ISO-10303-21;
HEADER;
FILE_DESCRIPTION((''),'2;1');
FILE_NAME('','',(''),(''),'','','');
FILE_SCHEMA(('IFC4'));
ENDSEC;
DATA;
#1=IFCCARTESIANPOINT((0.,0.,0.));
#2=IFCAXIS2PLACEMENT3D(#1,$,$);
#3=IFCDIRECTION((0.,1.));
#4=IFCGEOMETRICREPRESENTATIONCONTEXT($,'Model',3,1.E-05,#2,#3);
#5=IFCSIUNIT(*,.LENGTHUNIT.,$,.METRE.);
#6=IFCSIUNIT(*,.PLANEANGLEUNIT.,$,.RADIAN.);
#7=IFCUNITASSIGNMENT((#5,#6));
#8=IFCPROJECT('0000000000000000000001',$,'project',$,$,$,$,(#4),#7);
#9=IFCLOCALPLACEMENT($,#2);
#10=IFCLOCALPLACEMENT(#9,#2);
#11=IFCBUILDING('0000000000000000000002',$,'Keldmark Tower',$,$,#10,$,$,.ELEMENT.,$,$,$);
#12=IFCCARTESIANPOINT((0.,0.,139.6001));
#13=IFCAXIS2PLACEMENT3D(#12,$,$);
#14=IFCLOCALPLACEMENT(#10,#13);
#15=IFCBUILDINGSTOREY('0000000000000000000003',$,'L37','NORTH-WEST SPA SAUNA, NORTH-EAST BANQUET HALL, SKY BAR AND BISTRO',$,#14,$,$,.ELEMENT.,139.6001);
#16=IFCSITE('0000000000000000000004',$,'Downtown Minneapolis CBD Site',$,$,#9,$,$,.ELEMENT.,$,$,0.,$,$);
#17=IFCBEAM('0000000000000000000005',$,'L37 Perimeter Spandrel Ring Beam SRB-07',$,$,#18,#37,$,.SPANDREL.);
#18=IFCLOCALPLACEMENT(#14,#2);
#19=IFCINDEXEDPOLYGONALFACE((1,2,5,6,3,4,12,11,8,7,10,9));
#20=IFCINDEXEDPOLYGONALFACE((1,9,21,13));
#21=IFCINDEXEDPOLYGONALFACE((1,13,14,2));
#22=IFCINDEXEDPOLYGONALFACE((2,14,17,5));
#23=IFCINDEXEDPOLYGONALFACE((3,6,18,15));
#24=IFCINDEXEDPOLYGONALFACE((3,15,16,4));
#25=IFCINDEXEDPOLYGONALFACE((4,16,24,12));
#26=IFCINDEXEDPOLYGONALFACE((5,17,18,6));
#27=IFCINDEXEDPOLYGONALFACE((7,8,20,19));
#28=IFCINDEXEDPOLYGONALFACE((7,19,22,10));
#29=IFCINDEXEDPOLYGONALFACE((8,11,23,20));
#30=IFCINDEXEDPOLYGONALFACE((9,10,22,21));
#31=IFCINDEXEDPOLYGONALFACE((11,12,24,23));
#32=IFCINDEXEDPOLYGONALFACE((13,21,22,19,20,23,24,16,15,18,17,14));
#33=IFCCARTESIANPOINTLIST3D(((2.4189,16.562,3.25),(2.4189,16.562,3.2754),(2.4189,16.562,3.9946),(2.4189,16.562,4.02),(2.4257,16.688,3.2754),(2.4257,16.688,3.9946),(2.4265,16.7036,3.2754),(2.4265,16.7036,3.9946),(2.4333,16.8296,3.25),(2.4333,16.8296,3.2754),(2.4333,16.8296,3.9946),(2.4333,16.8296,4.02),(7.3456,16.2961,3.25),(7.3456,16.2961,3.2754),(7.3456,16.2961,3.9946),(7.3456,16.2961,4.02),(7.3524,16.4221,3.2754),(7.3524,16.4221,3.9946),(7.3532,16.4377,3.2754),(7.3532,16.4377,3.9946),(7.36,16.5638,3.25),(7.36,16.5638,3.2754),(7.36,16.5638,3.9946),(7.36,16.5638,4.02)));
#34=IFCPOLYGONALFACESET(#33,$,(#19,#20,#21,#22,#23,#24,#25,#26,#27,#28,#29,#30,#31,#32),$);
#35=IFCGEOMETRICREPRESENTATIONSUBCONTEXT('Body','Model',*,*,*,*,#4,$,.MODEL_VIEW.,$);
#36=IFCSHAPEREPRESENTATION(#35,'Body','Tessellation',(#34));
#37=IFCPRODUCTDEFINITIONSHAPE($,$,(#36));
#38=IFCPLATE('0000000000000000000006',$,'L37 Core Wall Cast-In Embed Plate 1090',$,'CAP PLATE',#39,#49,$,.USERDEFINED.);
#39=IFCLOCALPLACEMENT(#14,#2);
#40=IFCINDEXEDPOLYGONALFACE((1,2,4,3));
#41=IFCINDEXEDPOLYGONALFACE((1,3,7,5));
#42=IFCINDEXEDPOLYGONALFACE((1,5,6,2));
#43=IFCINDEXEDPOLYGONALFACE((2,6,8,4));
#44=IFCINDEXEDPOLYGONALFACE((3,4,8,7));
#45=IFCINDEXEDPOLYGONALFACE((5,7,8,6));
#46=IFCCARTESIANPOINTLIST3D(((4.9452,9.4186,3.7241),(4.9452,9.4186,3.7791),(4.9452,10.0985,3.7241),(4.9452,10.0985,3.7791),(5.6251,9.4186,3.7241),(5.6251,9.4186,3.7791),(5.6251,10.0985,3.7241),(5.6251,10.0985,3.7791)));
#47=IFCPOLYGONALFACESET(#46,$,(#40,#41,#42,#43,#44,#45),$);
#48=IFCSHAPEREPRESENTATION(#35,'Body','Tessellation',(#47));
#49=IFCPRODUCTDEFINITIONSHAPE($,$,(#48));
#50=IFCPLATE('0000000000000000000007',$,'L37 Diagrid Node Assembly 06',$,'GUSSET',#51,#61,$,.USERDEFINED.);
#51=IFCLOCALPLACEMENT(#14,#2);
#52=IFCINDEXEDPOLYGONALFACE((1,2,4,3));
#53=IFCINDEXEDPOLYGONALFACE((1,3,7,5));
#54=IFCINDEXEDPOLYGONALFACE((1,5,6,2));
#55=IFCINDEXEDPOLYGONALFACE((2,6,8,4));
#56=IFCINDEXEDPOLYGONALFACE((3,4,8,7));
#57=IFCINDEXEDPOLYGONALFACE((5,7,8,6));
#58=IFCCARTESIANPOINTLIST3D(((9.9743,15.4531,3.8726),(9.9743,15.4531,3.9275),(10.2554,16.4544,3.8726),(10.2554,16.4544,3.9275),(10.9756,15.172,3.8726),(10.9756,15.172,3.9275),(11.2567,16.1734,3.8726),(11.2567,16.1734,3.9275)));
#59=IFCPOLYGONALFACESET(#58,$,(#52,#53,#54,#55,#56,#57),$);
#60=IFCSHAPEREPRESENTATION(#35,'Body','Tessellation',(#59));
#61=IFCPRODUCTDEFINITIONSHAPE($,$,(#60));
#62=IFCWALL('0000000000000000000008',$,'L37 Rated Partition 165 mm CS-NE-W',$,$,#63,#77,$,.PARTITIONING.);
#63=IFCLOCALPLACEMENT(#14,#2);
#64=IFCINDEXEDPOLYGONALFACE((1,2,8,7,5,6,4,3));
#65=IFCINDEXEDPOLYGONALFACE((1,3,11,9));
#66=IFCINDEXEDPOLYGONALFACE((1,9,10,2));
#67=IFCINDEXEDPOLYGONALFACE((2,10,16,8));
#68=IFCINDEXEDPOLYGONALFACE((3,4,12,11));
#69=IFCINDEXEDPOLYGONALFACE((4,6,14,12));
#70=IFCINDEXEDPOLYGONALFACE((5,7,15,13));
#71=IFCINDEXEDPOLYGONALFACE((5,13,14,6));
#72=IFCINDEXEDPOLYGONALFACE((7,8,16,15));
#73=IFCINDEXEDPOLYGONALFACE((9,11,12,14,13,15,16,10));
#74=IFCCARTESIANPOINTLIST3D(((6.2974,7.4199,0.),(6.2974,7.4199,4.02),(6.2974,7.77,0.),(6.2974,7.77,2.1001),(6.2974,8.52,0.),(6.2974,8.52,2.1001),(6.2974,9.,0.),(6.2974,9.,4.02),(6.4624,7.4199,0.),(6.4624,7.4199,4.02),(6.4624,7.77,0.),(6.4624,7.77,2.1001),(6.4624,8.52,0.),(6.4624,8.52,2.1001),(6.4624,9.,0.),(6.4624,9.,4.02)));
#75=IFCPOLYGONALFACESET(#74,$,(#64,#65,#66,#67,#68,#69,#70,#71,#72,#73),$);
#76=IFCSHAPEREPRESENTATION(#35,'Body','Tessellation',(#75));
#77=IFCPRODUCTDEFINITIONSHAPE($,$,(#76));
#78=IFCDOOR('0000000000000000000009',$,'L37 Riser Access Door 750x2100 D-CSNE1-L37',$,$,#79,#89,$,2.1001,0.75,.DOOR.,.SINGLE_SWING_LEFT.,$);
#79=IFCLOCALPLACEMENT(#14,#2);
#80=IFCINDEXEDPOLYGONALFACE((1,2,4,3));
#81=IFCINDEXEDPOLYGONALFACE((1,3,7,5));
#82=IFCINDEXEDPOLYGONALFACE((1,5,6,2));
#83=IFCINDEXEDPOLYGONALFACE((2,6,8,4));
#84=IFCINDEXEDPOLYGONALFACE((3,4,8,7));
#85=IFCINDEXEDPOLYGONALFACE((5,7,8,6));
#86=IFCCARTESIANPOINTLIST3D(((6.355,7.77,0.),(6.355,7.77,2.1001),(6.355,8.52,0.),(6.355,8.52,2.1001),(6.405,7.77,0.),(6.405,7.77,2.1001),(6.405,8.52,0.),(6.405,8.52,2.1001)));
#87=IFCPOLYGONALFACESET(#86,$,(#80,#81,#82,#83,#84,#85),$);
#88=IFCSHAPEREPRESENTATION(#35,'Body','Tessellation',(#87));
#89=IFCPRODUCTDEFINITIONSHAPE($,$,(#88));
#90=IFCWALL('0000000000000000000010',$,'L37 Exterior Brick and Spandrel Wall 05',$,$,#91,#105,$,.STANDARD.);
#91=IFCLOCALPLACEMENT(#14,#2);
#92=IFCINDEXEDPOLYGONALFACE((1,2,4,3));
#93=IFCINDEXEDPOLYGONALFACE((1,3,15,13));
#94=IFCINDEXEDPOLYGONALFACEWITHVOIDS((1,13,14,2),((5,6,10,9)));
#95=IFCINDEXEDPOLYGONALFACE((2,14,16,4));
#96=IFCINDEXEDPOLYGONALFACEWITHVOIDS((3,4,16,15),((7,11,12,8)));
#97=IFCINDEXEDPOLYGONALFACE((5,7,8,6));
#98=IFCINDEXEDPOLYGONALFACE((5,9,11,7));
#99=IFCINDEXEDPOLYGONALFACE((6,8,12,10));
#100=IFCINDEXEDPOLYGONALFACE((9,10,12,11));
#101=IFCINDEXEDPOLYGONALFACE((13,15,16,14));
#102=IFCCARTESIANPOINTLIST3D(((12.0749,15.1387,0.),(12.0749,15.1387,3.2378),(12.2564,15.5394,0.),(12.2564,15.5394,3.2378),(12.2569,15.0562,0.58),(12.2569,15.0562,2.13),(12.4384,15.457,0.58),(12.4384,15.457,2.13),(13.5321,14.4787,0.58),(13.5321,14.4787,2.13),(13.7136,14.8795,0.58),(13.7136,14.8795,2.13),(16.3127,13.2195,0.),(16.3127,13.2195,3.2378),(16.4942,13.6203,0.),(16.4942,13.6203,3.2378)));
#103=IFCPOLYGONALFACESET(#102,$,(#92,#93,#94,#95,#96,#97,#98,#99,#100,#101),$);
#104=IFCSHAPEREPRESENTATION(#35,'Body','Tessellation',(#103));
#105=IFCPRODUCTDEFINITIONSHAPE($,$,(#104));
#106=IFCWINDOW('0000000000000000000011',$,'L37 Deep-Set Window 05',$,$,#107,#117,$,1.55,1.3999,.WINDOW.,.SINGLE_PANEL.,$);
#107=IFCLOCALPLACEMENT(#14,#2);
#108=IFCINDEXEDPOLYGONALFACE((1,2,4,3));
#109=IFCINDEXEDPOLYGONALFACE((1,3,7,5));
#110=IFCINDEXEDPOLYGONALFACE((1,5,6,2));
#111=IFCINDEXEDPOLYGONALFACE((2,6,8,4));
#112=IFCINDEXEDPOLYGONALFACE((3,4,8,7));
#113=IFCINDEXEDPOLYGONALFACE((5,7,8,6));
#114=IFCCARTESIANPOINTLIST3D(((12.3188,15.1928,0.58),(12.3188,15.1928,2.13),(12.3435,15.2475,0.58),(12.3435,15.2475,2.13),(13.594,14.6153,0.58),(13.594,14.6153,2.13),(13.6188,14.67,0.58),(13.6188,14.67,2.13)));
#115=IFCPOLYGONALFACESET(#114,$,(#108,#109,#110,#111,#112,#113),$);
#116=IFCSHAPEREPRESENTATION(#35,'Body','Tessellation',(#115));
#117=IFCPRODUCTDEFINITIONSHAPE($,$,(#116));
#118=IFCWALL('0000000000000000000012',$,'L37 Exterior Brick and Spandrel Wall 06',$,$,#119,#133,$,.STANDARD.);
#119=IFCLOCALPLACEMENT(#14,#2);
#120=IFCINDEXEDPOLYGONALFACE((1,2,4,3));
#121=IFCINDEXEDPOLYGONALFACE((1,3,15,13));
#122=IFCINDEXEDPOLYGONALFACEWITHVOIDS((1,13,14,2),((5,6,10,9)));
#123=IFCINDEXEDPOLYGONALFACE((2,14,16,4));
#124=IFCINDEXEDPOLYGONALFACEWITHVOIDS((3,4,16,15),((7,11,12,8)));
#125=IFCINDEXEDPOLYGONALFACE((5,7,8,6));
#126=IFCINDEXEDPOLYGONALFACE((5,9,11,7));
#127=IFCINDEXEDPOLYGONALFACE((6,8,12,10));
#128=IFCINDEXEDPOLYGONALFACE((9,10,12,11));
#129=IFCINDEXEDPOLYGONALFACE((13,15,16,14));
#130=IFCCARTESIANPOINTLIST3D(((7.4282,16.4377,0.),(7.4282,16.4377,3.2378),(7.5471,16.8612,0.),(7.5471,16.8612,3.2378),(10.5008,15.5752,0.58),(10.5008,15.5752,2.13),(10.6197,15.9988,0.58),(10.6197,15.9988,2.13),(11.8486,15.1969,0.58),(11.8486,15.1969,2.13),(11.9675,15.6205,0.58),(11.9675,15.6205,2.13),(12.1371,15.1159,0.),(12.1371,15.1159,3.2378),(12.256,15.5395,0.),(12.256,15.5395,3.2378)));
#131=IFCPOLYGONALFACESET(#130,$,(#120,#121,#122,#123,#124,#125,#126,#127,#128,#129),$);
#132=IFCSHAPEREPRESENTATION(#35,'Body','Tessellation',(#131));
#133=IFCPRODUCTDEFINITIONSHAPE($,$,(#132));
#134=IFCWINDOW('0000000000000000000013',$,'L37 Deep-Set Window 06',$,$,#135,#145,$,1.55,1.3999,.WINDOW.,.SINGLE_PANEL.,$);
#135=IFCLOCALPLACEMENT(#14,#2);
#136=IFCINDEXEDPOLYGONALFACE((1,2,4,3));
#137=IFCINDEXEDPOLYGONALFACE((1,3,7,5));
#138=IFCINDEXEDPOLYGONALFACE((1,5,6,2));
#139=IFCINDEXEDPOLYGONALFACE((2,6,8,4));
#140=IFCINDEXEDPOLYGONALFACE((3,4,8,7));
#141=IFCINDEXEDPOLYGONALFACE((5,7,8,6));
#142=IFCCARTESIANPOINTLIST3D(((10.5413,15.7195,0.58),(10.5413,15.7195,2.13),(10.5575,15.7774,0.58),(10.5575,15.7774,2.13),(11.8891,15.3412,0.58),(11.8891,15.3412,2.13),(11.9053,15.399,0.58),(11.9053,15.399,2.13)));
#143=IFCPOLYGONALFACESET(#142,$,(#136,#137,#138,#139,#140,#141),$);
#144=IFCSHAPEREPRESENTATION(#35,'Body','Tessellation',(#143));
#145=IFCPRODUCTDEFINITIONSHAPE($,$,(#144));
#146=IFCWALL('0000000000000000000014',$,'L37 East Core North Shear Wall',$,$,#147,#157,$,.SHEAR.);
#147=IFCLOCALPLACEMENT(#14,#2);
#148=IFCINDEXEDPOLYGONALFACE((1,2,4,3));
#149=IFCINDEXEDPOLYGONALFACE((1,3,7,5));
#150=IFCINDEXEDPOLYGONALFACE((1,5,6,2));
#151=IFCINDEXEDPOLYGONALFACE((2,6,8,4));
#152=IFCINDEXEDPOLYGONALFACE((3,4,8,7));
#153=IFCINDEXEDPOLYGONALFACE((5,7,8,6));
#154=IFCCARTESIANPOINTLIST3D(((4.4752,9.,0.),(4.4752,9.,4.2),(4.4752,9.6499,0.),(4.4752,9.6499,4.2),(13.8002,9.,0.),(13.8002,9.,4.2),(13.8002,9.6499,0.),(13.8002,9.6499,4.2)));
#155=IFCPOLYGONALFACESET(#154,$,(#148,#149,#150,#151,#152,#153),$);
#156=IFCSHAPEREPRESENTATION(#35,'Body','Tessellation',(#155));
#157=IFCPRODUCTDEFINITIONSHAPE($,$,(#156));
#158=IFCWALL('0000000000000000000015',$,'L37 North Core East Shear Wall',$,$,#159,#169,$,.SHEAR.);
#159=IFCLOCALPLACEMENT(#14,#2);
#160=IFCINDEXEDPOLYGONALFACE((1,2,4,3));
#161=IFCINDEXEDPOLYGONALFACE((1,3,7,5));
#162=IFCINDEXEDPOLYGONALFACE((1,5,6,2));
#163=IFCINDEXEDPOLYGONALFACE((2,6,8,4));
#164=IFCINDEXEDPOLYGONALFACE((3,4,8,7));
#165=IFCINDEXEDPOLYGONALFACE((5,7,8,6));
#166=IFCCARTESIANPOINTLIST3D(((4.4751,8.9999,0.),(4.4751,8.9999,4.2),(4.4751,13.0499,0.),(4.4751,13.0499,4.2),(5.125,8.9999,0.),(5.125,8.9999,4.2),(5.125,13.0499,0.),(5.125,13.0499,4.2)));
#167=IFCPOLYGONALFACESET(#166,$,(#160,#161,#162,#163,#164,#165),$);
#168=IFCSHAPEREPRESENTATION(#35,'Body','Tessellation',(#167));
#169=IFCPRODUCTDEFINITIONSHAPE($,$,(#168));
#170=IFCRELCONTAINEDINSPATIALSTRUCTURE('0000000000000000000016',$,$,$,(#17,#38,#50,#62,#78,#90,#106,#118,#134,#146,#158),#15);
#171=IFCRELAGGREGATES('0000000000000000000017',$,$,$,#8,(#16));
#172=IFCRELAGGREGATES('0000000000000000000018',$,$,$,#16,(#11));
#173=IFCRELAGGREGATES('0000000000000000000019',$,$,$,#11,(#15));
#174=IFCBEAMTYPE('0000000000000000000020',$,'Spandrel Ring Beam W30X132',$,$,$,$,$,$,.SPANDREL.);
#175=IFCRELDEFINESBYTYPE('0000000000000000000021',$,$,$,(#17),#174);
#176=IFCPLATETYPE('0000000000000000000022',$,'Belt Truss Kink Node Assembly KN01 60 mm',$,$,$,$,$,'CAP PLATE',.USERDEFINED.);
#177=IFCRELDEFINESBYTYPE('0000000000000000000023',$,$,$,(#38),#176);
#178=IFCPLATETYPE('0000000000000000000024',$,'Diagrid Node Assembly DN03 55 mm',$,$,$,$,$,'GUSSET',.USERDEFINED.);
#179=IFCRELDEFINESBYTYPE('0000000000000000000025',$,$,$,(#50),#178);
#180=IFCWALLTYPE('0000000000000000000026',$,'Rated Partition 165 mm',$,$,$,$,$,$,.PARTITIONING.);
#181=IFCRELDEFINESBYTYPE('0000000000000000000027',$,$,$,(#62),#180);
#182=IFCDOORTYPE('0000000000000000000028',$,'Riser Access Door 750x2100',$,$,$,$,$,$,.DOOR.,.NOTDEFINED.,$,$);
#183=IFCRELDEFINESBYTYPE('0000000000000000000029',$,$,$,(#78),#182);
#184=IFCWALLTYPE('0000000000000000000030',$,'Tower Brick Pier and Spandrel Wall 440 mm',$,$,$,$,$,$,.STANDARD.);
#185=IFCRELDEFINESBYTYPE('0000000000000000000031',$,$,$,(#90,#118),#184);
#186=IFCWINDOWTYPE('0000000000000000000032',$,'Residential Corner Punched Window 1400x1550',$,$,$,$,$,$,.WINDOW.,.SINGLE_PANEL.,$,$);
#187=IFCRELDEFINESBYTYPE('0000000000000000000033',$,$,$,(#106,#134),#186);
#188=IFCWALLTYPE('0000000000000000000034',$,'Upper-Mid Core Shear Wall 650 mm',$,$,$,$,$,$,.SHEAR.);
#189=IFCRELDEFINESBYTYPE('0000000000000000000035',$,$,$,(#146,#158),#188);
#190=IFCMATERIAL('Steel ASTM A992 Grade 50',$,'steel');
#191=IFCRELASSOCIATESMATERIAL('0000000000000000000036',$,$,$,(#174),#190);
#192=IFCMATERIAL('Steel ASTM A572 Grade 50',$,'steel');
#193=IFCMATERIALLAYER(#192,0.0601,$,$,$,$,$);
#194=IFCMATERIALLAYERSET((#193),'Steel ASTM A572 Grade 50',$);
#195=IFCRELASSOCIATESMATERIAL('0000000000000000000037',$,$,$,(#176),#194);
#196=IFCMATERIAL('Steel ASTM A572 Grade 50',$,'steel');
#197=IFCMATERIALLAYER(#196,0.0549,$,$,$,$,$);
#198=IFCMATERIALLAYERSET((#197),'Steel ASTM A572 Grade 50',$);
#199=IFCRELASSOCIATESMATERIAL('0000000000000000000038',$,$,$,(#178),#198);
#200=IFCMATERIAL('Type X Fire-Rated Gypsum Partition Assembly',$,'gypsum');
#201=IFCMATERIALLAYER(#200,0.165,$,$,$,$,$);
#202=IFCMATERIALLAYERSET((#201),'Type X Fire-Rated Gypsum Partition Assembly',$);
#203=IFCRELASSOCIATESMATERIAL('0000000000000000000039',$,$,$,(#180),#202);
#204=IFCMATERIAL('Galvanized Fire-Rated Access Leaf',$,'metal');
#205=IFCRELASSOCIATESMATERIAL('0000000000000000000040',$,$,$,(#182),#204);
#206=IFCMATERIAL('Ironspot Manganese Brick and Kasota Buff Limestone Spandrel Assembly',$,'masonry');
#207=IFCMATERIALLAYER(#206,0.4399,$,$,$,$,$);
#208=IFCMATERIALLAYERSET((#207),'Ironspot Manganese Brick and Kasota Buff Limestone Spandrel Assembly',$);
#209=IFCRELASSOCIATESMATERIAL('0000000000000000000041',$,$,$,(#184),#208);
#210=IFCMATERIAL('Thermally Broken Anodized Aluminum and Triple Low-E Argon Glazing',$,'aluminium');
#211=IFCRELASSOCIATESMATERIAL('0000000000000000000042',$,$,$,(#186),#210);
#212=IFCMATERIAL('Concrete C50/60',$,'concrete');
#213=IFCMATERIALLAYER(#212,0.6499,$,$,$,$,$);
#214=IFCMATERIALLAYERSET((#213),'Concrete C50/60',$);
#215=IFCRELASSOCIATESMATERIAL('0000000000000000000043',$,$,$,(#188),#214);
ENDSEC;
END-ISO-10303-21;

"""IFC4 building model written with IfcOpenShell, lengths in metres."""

from ifc_helpers import new_model, si_unit, direction, frame, frame_2d, origin, origin_2d, place, context, subcontext, project, spatial, rectangle, i_section, extrude, material, layer, layer_set, material_profile, profile_set, type_object, element, fill, save


model = new_model("IFC4")

# Units and contexts
model_context = context("Model", 3, precision=1e-05, world=origin(), true_north=direction((0.0, 1.0)))
body_context = subcontext(model_context, "Body", "Model", "MODEL_VIEW")
ifc_project = project(units=[si_unit("LENGTHUNIT", "METRE"), si_unit("PLANEANGLEUNIT", "RADIAN")], contexts=[model_context])

# Site, building, storey
site_placement = place(None, origin())
site = spatial("IfcSite", under=ifc_project, at=site_placement, Name="Downtown Minneapolis CBD Site", CompositionType="ELEMENT", RefElevation=0.0)
building_placement = place(site_placement, origin())
building = spatial("IfcBuilding", under=site, at=building_placement, Name="Keldmark Tower", CompositionType="ELEMENT")
storey_placement = place(building_placement, frame((0.0, 0.0, 139.6001)))
storey = spatial("IfcBuildingStorey", under=building, at=storey_placement, Name="L37", Description="NORTH-WEST SPA SAUNA, NORTH-EAST BANQUET HALL, SKY BAR AND BISTRO", CompositionType="ELEMENT", Elevation=139.6001)

# Beam
ifc_material_1 = material(Name="Steel ASTM A992 Grade 50", Category="steel")
ifc_material_profile_1 = material_profile(ifc_material_1, i_section(OverallWidth=0.2681, OverallDepth=0.77, WebThickness=0.0156, FlangeThickness=0.0254, at=origin_2d()), Name="W30X132")
ifc_profile_set_1 = profile_set([ifc_material_profile_1], Name="Steel ASTM A992 Grade 50")
beam_type_1 = type_object("IfcBeamType", Name="Spandrel Ring Beam W30X132", PredefinedType="SPANDREL", material=ifc_profile_set_1)
beam_1_placement = place(storey_placement, frame((7.3528, 16.4299, 3.635), z_axis=(-0.998547, 0.053886, 0.0), x_axis=(-0.053886, -0.998547, 0.0)))
element("IfcBeam", 1, at=beam_1_placement, inside=storey, type_object=beam_type_1, Name="L37 Perimeter Spandrel Ring Beam SRB-07", PredefinedType="SPANDREL", context=body_context, shape_type="SweptSolid", body=[
    extrude(i_section(OverallWidth=0.2681, OverallDepth=0.77, WebThickness=0.0156, FlangeThickness=0.0254, at=origin_2d()), origin(), (0.0, 0.0, 1.0), 4.9338),
])

# Plates
ifc_material_2 = material(Name="Steel ASTM A572 Grade 50", Category="steel")
ifc_layer_1 = layer(ifc_material_2, 0.0601)
ifc_layer_set_1 = layer_set([ifc_layer_1], Name="Steel ASTM A572 Grade 50")
plate_type_1 = type_object("IfcPlateType", Name="Belt Truss Kink Node Assembly KN01 60 mm", ElementType="CAP PLATE", PredefinedType="USERDEFINED", material=ifc_layer_set_1)
plate_1_placement = place(storey_placement, frame((5.2852, 9.7585, 3.7241), z_axis=(0.0, 0.0, 1.0), x_axis=(1.0, 0.0, 0.0)))
element("IfcPlate", 2, at=plate_1_placement, inside=storey, type_object=plate_type_1, Name="L37 Core Wall Cast-In Embed Plate 1090", ObjectType="CAP PLATE", PredefinedType="USERDEFINED", context=body_context, shape_type="SweptSolid", body=[
    extrude(rectangle(XDim=0.6799, YDim=0.6799, at=origin_2d()), origin(), (0.0, 0.0, 1.0), 0.0549),
])
ifc_material_3 = material(Name="Steel ASTM A572 Grade 50", Category="steel")
ifc_layer_2 = layer(ifc_material_3, 0.0549)
ifc_layer_set_2 = layer_set([ifc_layer_2], Name="Steel ASTM A572 Grade 50")
plate_type_2 = type_object("IfcPlateType", Name="Diagrid Node Assembly DN03 55 mm", ElementType="GUSSET", PredefinedType="USERDEFINED", material=ifc_layer_set_2)
plate_2_placement = place(storey_placement, frame((10.6155, 15.8132, 3.8726), z_axis=(0.0, 0.0, 1.0), x_axis=(-0.962786, 0.270264, 0.0)))
element("IfcPlate", 3, at=plate_2_placement, inside=storey, type_object=plate_type_2, Name="L37 Diagrid Node Assembly 06", ObjectType="GUSSET", PredefinedType="USERDEFINED", context=body_context, shape_type="SweptSolid", body=[
    extrude(rectangle(XDim=1.04, YDim=1.04, at=origin_2d()), origin(), (0.0, 0.0, 1.0), 0.0549),
])

# Wall, opening, door
ifc_material_4 = material(Name="Type X Fire-Rated Gypsum Partition Assembly", Category="gypsum")
ifc_layer_3 = layer(ifc_material_4, 0.165)
ifc_layer_set_3 = layer_set([ifc_layer_3], Name="Type X Fire-Rated Gypsum Partition Assembly")
wall_type_1 = type_object("IfcWallType", Name="Rated Partition 165 mm", PredefinedType="PARTITIONING", material=ifc_layer_set_3)
wall_1_placement = place(storey_placement, frame((6.3799, 7.4199, 0.0), z_axis=(0.0, 0.0, 1.0), x_axis=(0.0, 1.0, 0.0)))
wall_1 = element("IfcWall", 4, at=wall_1_placement, inside=storey, type_object=wall_type_1, Name="L37 Rated Partition 165 mm CS-NE-W", PredefinedType="PARTITIONING", context=body_context, shape_type="SweptSolid", body=[
    extrude(rectangle(XDim=1.5801, YDim=0.165, at=frame_2d((0.79, 0.0))), origin(), (0.0, 0.0, 1.0), 4.02),
])
opening_1_placement = place(wall_1_placement, frame((0.3501, 0.0, 0.0)))
opening_1 = element("IfcOpeningElement", 5, at=opening_1_placement, cuts=wall_1, PredefinedType="OPENING", context=body_context, shape_type="SweptSolid", body=[
    extrude(rectangle(XDim=0.75, YDim=2.1001, at=frame_2d((0.375, 1.05))), frame((0.0, 0.0925, 0.0), z_axis=(0.0, -1.0, 0.0), x_axis=(1.0, 0.0, 0.0)), (0.0, 0.0, 1.0), 0.1851),
])
ifc_material_5 = material(Name="Galvanized Fire-Rated Access Leaf", Category="metal")
door_type = type_object("IfcDoorType", Name="Riser Access Door 750x2100", OperationType="NOTDEFINED", PredefinedType="DOOR", material=ifc_material_5)
door_placement = place(opening_1_placement, origin())
door = element("IfcDoor", 6, at=door_placement, inside=storey, type_object=door_type, Name="L37 Riser Access Door 750x2100 D-CSNE1-L37", OperationType="SINGLE_SWING_LEFT", OverallHeight=2.1001, OverallWidth=0.75, PredefinedType="DOOR", context=body_context, shape_type="SweptSolid", body=[
    extrude(rectangle(XDim=0.75, YDim=2.1001, at=frame_2d((0.375, 1.05))), frame((0.0, 0.0249, 0.0), z_axis=(0.0, -1.0, 0.0), x_axis=(1.0, 0.0, 0.0)), (0.0, 0.0, 1.0), 0.05),
])
fill(opening_1, door)

# Walls, openings, windows
ifc_material_6 = material(Name="Ironspot Manganese Brick and Kasota Buff Limestone Spandrel Assembly", Category="masonry")
ifc_layer_4 = layer(ifc_material_6, 0.4399)
ifc_layer_set_4 = layer_set([ifc_layer_4], Name="Ironspot Manganese Brick and Kasota Buff Limestone Spandrel Assembly")
wall_type_2 = type_object("IfcWallType", Name="Tower Brick Pier and Spandrel Wall 440 mm", PredefinedType="STANDARD", material=ifc_layer_set_4)
wall_2_placement = place(storey_placement, frame((12.1655, 15.3391, 0.0), z_axis=(0.0, 0.0, 1.0), x_axis=(0.910939, -0.412541, 0.0)))
wall_2 = element("IfcWall", 7, at=wall_2_placement, inside=storey, type_object=wall_type_2, Name="L37 Exterior Brick and Spandrel Wall 05", PredefinedType="STANDARD", context=body_context, shape_type="SweptSolid", body=[
    extrude(rectangle(XDim=4.6521, YDim=0.4399, at=frame_2d((2.3262, 0.0))), origin(), (0.0, 0.0, 1.0), 3.2378),
])
opening_2_placement = place(wall_2_placement, frame((0.2, 0.0, 0.5801)))
opening_2 = element("IfcOpeningElement", 8, at=opening_2_placement, cuts=wall_2, PredefinedType="OPENING", context=body_context, shape_type="SweptSolid", body=[
    extrude(rectangle(XDim=1.3999, YDim=1.55, at=frame_2d((0.7, 0.7749))), frame((0.0, 0.23, 0.0), z_axis=(0.0, -1.0, 0.0), x_axis=(1.0, 0.0, 0.0)), (0.0, 0.0, 1.0), 0.46),
])
ifc_material_7 = material(Name="Thermally Broken Anodized Aluminum and Triple Low-E Argon Glazing", Category="aluminium")
window_type = type_object("IfcWindowType", Name="Residential Corner Punched Window 1400x1550", PartitioningType="SINGLE_PANEL", PredefinedType="WINDOW", material=ifc_material_7)
window_1_placement = place(opening_2_placement, origin())
window_1 = element("IfcWindow", 9, at=window_1_placement, inside=storey, type_object=window_type, Name="L37 Deep-Set Window 05", OverallHeight=1.55, OverallWidth=1.3999, PartitioningType="SINGLE_PANEL", PredefinedType="WINDOW", context=body_context, shape_type="SweptSolid", body=[
    extrude(rectangle(XDim=1.3999, YDim=1.55, at=frame_2d((0.7, 0.7749))), frame((0.0, -0.01, 0.0), z_axis=(0.0, -1.0, 0.0), x_axis=(1.0, 0.0, 0.0)), (0.0, 0.0, 1.0), 0.0601),
])
fill(opening_2, window_1)
wall_3_placement = place(storey_placement, frame((7.4878, 16.6494, 0.0), z_axis=(0.0, 0.0, 1.0), x_axis=(0.962791, -0.270248, 0.0)))
wall_3 = element("IfcWall", 10, at=wall_3_placement, inside=storey, type_object=wall_type_2, Name="L37 Exterior Brick and Spandrel Wall 06", PredefinedType="STANDARD", context=body_context, shape_type="SweptSolid", body=[
    extrude(rectangle(XDim=4.8909, YDim=0.4399, at=frame_2d((2.4453, 0.0))), origin(), (0.0, 0.0, 1.0), 3.2378),
])
opening_3_placement = place(wall_3_placement, frame((3.1912, 0.0, 0.5801)))
opening_3 = element("IfcOpeningElement", 11, at=opening_3_placement, cuts=wall_3, PredefinedType="OPENING", context=body_context, shape_type="SweptSolid", body=[
    extrude(rectangle(XDim=1.3999, YDim=1.55, at=frame_2d((0.7, 0.7749))), frame((0.0, 0.23, 0.0), z_axis=(0.0, -1.0, 0.0), x_axis=(1.0, 0.0, 0.0)), (0.0, 0.0, 1.0), 0.46),
])
window_2_placement = place(opening_3_placement, origin())
window_2 = element("IfcWindow", 12, at=window_2_placement, inside=storey, type_object=window_type, Name="L37 Deep-Set Window 06", OverallHeight=1.55, OverallWidth=1.3999, PartitioningType="SINGLE_PANEL", PredefinedType="WINDOW", context=body_context, shape_type="SweptSolid", body=[
    extrude(rectangle(XDim=1.3999, YDim=1.55, at=frame_2d((0.7, 0.7749))), frame((0.0, -0.01, 0.0), z_axis=(0.0, -1.0, 0.0), x_axis=(1.0, 0.0, 0.0)), (0.0, 0.0, 1.0), 0.0601),
])
fill(opening_3, window_2)

# Walls
ifc_material_8 = material(Name="Concrete C50/60", Category="concrete")
ifc_layer_5 = layer(ifc_material_8, 0.6499)
ifc_layer_set_5 = layer_set([ifc_layer_5], Name="Concrete C50/60")
wall_type_3 = type_object("IfcWallType", Name="Upper-Mid Core Shear Wall 650 mm", PredefinedType="SHEAR", material=ifc_layer_set_5)
wall_4_placement = place(storey_placement, frame((4.4751, 9.325, 0.0), z_axis=(0.0, 0.0, 1.0), x_axis=(1.0, 0.0, 0.0)))
element("IfcWall", 13, at=wall_4_placement, inside=storey, type_object=wall_type_3, Name="L37 East Core North Shear Wall", PredefinedType="SHEAR", context=body_context, shape_type="SweptSolid", body=[
    extrude(rectangle(XDim=9.325, YDim=0.6499, at=frame_2d((4.6626, 0.0))), origin(), (0.0, 0.0, 1.0), 4.2),
])
wall_5_placement = place(storey_placement, frame((4.8, 9.0, 0.0), z_axis=(0.0, 0.0, 1.0), x_axis=(0.0, 1.0, 0.0)))
element("IfcWall", 14, at=wall_5_placement, inside=storey, type_object=wall_type_3, Name="L37 North Core East Shear Wall", PredefinedType="SHEAR", context=body_context, shape_type="SweptSolid", body=[
    extrude(rectangle(XDim=4.05, YDim=0.6499, at=frame_2d((2.0249, 0.0))), origin(), (0.0, 0.0, 1.0), 4.2),
])

save(model, "model.ifc")
